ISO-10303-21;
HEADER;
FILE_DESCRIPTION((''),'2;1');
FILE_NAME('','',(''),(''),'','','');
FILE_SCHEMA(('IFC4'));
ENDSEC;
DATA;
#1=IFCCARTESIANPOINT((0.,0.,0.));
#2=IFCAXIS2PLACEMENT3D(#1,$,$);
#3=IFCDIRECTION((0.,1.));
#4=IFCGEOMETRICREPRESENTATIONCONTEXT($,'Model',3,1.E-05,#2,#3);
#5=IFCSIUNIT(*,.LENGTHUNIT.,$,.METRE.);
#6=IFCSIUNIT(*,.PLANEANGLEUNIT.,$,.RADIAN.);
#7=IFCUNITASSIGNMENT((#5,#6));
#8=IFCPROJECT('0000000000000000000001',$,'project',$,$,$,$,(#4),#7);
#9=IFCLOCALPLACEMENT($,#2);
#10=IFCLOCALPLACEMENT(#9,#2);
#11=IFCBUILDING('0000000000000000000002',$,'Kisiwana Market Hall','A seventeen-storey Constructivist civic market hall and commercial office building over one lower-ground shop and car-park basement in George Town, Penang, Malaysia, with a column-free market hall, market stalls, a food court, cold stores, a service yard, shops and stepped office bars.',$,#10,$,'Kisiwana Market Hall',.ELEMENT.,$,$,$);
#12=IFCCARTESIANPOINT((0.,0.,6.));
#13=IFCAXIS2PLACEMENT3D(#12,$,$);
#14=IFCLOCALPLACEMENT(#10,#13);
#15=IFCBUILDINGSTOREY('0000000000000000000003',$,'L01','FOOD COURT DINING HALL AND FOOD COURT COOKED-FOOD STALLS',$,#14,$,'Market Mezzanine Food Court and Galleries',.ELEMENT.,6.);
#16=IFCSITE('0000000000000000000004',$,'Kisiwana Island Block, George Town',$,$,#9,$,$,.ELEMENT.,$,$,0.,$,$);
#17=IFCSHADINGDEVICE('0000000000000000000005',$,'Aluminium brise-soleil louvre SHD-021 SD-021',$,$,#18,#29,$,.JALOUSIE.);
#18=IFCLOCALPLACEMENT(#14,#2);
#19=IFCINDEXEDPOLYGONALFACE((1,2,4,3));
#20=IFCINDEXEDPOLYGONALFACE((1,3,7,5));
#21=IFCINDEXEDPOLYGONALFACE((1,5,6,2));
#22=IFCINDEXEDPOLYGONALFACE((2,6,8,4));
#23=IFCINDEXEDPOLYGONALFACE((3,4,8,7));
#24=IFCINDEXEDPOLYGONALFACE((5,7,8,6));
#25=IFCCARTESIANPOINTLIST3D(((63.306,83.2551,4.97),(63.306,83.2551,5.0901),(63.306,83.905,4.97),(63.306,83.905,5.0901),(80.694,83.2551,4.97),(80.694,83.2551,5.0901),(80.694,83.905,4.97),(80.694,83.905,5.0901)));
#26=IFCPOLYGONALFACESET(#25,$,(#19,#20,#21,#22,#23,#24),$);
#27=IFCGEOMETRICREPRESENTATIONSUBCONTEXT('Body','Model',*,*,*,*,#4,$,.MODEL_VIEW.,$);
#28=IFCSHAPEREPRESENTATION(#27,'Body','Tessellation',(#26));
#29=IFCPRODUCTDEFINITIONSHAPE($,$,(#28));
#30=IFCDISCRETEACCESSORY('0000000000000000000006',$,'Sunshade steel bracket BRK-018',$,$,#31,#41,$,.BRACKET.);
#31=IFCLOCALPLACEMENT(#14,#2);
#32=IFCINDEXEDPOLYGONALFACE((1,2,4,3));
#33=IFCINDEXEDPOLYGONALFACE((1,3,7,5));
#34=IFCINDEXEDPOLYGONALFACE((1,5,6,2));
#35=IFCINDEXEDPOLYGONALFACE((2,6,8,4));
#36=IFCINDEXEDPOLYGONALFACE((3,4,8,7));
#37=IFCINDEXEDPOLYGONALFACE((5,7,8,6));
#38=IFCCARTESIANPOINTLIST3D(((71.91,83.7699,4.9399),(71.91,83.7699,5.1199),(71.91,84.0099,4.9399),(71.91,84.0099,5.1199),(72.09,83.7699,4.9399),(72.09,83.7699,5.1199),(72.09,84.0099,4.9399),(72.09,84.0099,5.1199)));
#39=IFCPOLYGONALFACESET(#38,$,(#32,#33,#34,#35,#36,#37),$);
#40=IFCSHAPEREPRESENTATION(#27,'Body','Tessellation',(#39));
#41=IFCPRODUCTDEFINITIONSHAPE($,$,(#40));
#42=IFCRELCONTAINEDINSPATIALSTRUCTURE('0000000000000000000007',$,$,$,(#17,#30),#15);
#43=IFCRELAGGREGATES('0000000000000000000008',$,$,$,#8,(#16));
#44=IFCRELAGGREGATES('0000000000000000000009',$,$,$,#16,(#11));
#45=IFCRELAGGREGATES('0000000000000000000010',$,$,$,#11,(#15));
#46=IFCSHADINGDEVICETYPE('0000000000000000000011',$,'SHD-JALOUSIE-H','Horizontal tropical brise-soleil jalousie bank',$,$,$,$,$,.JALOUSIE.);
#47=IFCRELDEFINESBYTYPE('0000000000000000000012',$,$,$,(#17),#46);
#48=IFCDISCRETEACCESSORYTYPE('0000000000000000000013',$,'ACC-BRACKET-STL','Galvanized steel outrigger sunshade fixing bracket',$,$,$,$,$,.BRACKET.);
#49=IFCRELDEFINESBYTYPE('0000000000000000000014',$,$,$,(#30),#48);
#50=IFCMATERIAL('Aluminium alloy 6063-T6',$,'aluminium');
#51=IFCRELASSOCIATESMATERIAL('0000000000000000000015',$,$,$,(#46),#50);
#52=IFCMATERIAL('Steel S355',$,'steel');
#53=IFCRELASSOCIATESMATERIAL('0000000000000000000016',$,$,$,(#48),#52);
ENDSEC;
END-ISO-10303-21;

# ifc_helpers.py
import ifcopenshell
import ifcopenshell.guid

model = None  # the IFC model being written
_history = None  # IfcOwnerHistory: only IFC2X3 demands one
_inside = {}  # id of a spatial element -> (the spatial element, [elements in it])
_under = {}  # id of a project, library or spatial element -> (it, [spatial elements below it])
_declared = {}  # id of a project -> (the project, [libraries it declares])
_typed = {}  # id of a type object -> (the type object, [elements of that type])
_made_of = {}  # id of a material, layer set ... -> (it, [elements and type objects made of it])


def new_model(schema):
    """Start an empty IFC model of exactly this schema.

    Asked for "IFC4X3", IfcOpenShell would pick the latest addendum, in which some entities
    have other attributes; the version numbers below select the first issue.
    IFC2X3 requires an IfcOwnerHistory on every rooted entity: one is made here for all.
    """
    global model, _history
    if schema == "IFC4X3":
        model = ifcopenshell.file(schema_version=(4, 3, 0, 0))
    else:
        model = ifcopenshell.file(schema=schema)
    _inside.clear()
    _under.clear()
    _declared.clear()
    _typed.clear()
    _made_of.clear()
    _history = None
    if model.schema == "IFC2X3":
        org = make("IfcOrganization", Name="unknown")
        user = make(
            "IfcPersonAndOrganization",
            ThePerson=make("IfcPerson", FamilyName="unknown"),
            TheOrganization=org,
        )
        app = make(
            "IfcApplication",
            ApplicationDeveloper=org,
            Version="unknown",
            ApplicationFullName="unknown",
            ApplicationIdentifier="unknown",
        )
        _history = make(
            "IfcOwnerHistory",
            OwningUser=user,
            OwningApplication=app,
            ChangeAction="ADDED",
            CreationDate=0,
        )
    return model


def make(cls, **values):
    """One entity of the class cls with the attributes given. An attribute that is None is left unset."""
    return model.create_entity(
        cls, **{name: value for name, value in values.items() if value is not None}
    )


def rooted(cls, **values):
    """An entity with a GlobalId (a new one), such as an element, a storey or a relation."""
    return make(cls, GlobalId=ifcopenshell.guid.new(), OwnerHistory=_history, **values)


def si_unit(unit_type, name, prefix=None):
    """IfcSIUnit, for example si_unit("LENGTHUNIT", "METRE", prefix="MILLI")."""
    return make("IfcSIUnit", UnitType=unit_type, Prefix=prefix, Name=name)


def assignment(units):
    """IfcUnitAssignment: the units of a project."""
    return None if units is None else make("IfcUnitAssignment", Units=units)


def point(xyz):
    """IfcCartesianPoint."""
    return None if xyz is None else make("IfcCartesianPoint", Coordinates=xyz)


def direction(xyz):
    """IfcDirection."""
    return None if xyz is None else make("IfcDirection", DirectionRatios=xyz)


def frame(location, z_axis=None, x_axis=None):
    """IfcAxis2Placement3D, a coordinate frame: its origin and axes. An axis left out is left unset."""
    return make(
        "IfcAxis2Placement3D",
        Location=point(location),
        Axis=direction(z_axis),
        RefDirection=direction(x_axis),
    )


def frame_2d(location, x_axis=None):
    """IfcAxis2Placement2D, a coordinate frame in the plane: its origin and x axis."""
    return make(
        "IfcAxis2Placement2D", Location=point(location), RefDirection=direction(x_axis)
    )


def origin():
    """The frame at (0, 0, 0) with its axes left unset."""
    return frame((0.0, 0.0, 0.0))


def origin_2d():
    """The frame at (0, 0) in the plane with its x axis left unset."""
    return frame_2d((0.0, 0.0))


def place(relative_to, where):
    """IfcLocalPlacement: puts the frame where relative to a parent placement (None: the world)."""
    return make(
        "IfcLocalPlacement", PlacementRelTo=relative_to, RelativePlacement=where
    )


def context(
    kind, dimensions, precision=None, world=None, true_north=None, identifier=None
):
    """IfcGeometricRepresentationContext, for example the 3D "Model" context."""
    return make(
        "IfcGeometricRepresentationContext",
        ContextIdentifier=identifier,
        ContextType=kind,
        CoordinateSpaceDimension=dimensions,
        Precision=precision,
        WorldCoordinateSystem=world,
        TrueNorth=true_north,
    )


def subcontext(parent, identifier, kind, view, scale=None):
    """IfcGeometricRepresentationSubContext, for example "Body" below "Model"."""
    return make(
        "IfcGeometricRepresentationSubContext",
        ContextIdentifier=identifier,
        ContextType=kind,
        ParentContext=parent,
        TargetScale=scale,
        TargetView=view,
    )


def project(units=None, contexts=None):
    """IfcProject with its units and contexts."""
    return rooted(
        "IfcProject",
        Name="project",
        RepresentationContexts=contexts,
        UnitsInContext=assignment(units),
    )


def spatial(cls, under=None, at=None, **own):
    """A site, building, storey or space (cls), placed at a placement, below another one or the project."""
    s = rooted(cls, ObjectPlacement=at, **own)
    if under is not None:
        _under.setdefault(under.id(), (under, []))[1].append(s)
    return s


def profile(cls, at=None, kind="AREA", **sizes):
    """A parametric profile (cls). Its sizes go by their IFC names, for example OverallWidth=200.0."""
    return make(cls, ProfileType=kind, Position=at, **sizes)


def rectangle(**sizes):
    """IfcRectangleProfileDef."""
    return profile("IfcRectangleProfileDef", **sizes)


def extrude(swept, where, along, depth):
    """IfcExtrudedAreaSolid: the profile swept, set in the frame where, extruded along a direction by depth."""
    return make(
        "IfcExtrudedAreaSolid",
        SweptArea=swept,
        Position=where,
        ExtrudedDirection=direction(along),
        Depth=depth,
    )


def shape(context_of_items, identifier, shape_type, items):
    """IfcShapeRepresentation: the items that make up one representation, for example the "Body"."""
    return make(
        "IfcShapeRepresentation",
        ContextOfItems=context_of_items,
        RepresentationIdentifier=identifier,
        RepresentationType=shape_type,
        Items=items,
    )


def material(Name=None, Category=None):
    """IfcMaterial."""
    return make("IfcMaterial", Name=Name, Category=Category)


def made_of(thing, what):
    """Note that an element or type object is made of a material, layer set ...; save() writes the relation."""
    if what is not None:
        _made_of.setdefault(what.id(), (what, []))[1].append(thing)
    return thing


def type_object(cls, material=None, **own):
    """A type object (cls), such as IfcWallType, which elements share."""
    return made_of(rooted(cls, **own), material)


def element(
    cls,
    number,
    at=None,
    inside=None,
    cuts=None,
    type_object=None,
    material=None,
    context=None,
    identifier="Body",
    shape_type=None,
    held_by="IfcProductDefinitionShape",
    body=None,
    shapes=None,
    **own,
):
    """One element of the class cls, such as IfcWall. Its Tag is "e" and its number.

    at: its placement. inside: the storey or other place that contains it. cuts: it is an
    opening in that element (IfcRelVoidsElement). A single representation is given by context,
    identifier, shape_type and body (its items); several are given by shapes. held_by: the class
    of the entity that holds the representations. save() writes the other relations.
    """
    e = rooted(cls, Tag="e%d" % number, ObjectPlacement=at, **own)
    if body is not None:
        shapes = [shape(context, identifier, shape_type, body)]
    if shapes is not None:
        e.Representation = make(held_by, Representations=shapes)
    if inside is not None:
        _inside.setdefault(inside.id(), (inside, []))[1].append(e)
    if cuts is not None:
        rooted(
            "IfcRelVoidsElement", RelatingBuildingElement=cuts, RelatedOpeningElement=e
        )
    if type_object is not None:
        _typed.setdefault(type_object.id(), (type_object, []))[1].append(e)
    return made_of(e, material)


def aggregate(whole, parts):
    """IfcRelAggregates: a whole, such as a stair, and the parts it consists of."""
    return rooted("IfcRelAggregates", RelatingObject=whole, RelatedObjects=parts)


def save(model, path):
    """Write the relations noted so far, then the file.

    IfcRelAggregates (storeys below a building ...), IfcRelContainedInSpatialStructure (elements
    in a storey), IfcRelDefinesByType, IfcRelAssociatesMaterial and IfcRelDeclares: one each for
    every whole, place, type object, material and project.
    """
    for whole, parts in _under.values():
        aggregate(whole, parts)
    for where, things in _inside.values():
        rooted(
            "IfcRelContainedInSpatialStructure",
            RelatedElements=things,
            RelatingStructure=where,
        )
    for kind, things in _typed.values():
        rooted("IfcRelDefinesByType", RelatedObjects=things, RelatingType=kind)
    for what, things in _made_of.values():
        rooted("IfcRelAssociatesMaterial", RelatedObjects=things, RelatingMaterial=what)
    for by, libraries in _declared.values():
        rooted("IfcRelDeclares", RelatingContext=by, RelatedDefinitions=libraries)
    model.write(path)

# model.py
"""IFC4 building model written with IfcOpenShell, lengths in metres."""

from ifc_helpers import new_model, si_unit, direction, frame, origin, origin_2d, place, context, subcontext, project, spatial, rectangle, extrude, material, type_object, element, save


model = new_model("IFC4")

# Units and contexts
model_context = context("Model", 3, precision=1e-05, world=origin(), true_north=direction((0.0, 1.0)))
body_context = subcontext(model_context, "Body", "Model", "MODEL_VIEW")
ifc_project = project(units=[si_unit("LENGTHUNIT", "METRE"), si_unit("PLANEANGLEUNIT", "RADIAN")], contexts=[model_context])

# Site, building, storey
site_placement = place(None, origin())
site = spatial("IfcSite", under=ifc_project, at=site_placement, Name="Kisiwana Island Block, George Town", CompositionType="ELEMENT", RefElevation=0.0)
building_placement = place(site_placement, origin())
building = spatial("IfcBuilding", under=site, at=building_placement, Name="Kisiwana Market Hall", Description="A seventeen-storey Constructivist civic market hall and commercial office building over one lower-ground shop and car-park basement in George Town, Penang, Malaysia, with a column-free market hall, market stalls, a food court, cold stores, a service yard, shops and stepped office bars.", LongName="Kisiwana Market Hall", CompositionType="ELEMENT")
storey_placement = place(building_placement, frame((0.0, 0.0, 6.0)))
storey = spatial("IfcBuildingStorey", under=building, at=storey_placement, Name="L01", Description="FOOD COURT DINING HALL AND FOOD COURT COOKED-FOOD STALLS", LongName="Market Mezzanine Food Court and Galleries", CompositionType="ELEMENT", Elevation=6.0)

# Shading device
ifc_material_1 = material(Name="Aluminium alloy 6063-T6", Category="aluminium")
shading_device_type = type_object("IfcShadingDeviceType", Name="SHD-JALOUSIE-H", Description="Horizontal tropical brise-soleil jalousie bank", PredefinedType="JALOUSIE", material=ifc_material_1)
shading_device_placement = place(storey_placement, frame((72.0, 83.5801, 4.97), z_axis=(0.0, 0.0, 1.0), x_axis=(1.0, 0.0, 0.0)))
element("IfcShadingDevice", 1, at=shading_device_placement, inside=storey, type_object=shading_device_type, Name="Aluminium brise-soleil louvre SHD-021 SD-021", PredefinedType="JALOUSIE", context=body_context, shape_type="SweptSolid", body=[
    extrude(rectangle(XDim=17.3879, YDim=0.6499, at=origin_2d()), origin(), (0.0, 0.0, 1.0), 0.1201),
])

# Discrete accessory
ifc_material_2 = material(Name="Steel S355", Category="steel")
discrete_accessory_type = type_object("IfcDiscreteAccessoryType", Name="ACC-BRACKET-STL", Description="Galvanized steel outrigger sunshade fixing bracket", PredefinedType="BRACKET", material=ifc_material_2)
discrete_accessory_placement = place(storey_placement, frame((72.0, 83.8899, 4.9399), z_axis=(0.0, 0.0, 1.0), x_axis=(1.0, 0.0, 0.0)))
element("IfcDiscreteAccessory", 2, at=discrete_accessory_placement, inside=storey, type_object=discrete_accessory_type, Name="Sunshade steel bracket BRK-018", PredefinedType="BRACKET", context=body_context, shape_type="SweptSolid", body=[
    extrude(rectangle(XDim=0.1799, YDim=0.24, at=origin_2d()), origin(), (0.0, 0.0, 1.0), 0.1799),
])

save(model, "model.ifc")
